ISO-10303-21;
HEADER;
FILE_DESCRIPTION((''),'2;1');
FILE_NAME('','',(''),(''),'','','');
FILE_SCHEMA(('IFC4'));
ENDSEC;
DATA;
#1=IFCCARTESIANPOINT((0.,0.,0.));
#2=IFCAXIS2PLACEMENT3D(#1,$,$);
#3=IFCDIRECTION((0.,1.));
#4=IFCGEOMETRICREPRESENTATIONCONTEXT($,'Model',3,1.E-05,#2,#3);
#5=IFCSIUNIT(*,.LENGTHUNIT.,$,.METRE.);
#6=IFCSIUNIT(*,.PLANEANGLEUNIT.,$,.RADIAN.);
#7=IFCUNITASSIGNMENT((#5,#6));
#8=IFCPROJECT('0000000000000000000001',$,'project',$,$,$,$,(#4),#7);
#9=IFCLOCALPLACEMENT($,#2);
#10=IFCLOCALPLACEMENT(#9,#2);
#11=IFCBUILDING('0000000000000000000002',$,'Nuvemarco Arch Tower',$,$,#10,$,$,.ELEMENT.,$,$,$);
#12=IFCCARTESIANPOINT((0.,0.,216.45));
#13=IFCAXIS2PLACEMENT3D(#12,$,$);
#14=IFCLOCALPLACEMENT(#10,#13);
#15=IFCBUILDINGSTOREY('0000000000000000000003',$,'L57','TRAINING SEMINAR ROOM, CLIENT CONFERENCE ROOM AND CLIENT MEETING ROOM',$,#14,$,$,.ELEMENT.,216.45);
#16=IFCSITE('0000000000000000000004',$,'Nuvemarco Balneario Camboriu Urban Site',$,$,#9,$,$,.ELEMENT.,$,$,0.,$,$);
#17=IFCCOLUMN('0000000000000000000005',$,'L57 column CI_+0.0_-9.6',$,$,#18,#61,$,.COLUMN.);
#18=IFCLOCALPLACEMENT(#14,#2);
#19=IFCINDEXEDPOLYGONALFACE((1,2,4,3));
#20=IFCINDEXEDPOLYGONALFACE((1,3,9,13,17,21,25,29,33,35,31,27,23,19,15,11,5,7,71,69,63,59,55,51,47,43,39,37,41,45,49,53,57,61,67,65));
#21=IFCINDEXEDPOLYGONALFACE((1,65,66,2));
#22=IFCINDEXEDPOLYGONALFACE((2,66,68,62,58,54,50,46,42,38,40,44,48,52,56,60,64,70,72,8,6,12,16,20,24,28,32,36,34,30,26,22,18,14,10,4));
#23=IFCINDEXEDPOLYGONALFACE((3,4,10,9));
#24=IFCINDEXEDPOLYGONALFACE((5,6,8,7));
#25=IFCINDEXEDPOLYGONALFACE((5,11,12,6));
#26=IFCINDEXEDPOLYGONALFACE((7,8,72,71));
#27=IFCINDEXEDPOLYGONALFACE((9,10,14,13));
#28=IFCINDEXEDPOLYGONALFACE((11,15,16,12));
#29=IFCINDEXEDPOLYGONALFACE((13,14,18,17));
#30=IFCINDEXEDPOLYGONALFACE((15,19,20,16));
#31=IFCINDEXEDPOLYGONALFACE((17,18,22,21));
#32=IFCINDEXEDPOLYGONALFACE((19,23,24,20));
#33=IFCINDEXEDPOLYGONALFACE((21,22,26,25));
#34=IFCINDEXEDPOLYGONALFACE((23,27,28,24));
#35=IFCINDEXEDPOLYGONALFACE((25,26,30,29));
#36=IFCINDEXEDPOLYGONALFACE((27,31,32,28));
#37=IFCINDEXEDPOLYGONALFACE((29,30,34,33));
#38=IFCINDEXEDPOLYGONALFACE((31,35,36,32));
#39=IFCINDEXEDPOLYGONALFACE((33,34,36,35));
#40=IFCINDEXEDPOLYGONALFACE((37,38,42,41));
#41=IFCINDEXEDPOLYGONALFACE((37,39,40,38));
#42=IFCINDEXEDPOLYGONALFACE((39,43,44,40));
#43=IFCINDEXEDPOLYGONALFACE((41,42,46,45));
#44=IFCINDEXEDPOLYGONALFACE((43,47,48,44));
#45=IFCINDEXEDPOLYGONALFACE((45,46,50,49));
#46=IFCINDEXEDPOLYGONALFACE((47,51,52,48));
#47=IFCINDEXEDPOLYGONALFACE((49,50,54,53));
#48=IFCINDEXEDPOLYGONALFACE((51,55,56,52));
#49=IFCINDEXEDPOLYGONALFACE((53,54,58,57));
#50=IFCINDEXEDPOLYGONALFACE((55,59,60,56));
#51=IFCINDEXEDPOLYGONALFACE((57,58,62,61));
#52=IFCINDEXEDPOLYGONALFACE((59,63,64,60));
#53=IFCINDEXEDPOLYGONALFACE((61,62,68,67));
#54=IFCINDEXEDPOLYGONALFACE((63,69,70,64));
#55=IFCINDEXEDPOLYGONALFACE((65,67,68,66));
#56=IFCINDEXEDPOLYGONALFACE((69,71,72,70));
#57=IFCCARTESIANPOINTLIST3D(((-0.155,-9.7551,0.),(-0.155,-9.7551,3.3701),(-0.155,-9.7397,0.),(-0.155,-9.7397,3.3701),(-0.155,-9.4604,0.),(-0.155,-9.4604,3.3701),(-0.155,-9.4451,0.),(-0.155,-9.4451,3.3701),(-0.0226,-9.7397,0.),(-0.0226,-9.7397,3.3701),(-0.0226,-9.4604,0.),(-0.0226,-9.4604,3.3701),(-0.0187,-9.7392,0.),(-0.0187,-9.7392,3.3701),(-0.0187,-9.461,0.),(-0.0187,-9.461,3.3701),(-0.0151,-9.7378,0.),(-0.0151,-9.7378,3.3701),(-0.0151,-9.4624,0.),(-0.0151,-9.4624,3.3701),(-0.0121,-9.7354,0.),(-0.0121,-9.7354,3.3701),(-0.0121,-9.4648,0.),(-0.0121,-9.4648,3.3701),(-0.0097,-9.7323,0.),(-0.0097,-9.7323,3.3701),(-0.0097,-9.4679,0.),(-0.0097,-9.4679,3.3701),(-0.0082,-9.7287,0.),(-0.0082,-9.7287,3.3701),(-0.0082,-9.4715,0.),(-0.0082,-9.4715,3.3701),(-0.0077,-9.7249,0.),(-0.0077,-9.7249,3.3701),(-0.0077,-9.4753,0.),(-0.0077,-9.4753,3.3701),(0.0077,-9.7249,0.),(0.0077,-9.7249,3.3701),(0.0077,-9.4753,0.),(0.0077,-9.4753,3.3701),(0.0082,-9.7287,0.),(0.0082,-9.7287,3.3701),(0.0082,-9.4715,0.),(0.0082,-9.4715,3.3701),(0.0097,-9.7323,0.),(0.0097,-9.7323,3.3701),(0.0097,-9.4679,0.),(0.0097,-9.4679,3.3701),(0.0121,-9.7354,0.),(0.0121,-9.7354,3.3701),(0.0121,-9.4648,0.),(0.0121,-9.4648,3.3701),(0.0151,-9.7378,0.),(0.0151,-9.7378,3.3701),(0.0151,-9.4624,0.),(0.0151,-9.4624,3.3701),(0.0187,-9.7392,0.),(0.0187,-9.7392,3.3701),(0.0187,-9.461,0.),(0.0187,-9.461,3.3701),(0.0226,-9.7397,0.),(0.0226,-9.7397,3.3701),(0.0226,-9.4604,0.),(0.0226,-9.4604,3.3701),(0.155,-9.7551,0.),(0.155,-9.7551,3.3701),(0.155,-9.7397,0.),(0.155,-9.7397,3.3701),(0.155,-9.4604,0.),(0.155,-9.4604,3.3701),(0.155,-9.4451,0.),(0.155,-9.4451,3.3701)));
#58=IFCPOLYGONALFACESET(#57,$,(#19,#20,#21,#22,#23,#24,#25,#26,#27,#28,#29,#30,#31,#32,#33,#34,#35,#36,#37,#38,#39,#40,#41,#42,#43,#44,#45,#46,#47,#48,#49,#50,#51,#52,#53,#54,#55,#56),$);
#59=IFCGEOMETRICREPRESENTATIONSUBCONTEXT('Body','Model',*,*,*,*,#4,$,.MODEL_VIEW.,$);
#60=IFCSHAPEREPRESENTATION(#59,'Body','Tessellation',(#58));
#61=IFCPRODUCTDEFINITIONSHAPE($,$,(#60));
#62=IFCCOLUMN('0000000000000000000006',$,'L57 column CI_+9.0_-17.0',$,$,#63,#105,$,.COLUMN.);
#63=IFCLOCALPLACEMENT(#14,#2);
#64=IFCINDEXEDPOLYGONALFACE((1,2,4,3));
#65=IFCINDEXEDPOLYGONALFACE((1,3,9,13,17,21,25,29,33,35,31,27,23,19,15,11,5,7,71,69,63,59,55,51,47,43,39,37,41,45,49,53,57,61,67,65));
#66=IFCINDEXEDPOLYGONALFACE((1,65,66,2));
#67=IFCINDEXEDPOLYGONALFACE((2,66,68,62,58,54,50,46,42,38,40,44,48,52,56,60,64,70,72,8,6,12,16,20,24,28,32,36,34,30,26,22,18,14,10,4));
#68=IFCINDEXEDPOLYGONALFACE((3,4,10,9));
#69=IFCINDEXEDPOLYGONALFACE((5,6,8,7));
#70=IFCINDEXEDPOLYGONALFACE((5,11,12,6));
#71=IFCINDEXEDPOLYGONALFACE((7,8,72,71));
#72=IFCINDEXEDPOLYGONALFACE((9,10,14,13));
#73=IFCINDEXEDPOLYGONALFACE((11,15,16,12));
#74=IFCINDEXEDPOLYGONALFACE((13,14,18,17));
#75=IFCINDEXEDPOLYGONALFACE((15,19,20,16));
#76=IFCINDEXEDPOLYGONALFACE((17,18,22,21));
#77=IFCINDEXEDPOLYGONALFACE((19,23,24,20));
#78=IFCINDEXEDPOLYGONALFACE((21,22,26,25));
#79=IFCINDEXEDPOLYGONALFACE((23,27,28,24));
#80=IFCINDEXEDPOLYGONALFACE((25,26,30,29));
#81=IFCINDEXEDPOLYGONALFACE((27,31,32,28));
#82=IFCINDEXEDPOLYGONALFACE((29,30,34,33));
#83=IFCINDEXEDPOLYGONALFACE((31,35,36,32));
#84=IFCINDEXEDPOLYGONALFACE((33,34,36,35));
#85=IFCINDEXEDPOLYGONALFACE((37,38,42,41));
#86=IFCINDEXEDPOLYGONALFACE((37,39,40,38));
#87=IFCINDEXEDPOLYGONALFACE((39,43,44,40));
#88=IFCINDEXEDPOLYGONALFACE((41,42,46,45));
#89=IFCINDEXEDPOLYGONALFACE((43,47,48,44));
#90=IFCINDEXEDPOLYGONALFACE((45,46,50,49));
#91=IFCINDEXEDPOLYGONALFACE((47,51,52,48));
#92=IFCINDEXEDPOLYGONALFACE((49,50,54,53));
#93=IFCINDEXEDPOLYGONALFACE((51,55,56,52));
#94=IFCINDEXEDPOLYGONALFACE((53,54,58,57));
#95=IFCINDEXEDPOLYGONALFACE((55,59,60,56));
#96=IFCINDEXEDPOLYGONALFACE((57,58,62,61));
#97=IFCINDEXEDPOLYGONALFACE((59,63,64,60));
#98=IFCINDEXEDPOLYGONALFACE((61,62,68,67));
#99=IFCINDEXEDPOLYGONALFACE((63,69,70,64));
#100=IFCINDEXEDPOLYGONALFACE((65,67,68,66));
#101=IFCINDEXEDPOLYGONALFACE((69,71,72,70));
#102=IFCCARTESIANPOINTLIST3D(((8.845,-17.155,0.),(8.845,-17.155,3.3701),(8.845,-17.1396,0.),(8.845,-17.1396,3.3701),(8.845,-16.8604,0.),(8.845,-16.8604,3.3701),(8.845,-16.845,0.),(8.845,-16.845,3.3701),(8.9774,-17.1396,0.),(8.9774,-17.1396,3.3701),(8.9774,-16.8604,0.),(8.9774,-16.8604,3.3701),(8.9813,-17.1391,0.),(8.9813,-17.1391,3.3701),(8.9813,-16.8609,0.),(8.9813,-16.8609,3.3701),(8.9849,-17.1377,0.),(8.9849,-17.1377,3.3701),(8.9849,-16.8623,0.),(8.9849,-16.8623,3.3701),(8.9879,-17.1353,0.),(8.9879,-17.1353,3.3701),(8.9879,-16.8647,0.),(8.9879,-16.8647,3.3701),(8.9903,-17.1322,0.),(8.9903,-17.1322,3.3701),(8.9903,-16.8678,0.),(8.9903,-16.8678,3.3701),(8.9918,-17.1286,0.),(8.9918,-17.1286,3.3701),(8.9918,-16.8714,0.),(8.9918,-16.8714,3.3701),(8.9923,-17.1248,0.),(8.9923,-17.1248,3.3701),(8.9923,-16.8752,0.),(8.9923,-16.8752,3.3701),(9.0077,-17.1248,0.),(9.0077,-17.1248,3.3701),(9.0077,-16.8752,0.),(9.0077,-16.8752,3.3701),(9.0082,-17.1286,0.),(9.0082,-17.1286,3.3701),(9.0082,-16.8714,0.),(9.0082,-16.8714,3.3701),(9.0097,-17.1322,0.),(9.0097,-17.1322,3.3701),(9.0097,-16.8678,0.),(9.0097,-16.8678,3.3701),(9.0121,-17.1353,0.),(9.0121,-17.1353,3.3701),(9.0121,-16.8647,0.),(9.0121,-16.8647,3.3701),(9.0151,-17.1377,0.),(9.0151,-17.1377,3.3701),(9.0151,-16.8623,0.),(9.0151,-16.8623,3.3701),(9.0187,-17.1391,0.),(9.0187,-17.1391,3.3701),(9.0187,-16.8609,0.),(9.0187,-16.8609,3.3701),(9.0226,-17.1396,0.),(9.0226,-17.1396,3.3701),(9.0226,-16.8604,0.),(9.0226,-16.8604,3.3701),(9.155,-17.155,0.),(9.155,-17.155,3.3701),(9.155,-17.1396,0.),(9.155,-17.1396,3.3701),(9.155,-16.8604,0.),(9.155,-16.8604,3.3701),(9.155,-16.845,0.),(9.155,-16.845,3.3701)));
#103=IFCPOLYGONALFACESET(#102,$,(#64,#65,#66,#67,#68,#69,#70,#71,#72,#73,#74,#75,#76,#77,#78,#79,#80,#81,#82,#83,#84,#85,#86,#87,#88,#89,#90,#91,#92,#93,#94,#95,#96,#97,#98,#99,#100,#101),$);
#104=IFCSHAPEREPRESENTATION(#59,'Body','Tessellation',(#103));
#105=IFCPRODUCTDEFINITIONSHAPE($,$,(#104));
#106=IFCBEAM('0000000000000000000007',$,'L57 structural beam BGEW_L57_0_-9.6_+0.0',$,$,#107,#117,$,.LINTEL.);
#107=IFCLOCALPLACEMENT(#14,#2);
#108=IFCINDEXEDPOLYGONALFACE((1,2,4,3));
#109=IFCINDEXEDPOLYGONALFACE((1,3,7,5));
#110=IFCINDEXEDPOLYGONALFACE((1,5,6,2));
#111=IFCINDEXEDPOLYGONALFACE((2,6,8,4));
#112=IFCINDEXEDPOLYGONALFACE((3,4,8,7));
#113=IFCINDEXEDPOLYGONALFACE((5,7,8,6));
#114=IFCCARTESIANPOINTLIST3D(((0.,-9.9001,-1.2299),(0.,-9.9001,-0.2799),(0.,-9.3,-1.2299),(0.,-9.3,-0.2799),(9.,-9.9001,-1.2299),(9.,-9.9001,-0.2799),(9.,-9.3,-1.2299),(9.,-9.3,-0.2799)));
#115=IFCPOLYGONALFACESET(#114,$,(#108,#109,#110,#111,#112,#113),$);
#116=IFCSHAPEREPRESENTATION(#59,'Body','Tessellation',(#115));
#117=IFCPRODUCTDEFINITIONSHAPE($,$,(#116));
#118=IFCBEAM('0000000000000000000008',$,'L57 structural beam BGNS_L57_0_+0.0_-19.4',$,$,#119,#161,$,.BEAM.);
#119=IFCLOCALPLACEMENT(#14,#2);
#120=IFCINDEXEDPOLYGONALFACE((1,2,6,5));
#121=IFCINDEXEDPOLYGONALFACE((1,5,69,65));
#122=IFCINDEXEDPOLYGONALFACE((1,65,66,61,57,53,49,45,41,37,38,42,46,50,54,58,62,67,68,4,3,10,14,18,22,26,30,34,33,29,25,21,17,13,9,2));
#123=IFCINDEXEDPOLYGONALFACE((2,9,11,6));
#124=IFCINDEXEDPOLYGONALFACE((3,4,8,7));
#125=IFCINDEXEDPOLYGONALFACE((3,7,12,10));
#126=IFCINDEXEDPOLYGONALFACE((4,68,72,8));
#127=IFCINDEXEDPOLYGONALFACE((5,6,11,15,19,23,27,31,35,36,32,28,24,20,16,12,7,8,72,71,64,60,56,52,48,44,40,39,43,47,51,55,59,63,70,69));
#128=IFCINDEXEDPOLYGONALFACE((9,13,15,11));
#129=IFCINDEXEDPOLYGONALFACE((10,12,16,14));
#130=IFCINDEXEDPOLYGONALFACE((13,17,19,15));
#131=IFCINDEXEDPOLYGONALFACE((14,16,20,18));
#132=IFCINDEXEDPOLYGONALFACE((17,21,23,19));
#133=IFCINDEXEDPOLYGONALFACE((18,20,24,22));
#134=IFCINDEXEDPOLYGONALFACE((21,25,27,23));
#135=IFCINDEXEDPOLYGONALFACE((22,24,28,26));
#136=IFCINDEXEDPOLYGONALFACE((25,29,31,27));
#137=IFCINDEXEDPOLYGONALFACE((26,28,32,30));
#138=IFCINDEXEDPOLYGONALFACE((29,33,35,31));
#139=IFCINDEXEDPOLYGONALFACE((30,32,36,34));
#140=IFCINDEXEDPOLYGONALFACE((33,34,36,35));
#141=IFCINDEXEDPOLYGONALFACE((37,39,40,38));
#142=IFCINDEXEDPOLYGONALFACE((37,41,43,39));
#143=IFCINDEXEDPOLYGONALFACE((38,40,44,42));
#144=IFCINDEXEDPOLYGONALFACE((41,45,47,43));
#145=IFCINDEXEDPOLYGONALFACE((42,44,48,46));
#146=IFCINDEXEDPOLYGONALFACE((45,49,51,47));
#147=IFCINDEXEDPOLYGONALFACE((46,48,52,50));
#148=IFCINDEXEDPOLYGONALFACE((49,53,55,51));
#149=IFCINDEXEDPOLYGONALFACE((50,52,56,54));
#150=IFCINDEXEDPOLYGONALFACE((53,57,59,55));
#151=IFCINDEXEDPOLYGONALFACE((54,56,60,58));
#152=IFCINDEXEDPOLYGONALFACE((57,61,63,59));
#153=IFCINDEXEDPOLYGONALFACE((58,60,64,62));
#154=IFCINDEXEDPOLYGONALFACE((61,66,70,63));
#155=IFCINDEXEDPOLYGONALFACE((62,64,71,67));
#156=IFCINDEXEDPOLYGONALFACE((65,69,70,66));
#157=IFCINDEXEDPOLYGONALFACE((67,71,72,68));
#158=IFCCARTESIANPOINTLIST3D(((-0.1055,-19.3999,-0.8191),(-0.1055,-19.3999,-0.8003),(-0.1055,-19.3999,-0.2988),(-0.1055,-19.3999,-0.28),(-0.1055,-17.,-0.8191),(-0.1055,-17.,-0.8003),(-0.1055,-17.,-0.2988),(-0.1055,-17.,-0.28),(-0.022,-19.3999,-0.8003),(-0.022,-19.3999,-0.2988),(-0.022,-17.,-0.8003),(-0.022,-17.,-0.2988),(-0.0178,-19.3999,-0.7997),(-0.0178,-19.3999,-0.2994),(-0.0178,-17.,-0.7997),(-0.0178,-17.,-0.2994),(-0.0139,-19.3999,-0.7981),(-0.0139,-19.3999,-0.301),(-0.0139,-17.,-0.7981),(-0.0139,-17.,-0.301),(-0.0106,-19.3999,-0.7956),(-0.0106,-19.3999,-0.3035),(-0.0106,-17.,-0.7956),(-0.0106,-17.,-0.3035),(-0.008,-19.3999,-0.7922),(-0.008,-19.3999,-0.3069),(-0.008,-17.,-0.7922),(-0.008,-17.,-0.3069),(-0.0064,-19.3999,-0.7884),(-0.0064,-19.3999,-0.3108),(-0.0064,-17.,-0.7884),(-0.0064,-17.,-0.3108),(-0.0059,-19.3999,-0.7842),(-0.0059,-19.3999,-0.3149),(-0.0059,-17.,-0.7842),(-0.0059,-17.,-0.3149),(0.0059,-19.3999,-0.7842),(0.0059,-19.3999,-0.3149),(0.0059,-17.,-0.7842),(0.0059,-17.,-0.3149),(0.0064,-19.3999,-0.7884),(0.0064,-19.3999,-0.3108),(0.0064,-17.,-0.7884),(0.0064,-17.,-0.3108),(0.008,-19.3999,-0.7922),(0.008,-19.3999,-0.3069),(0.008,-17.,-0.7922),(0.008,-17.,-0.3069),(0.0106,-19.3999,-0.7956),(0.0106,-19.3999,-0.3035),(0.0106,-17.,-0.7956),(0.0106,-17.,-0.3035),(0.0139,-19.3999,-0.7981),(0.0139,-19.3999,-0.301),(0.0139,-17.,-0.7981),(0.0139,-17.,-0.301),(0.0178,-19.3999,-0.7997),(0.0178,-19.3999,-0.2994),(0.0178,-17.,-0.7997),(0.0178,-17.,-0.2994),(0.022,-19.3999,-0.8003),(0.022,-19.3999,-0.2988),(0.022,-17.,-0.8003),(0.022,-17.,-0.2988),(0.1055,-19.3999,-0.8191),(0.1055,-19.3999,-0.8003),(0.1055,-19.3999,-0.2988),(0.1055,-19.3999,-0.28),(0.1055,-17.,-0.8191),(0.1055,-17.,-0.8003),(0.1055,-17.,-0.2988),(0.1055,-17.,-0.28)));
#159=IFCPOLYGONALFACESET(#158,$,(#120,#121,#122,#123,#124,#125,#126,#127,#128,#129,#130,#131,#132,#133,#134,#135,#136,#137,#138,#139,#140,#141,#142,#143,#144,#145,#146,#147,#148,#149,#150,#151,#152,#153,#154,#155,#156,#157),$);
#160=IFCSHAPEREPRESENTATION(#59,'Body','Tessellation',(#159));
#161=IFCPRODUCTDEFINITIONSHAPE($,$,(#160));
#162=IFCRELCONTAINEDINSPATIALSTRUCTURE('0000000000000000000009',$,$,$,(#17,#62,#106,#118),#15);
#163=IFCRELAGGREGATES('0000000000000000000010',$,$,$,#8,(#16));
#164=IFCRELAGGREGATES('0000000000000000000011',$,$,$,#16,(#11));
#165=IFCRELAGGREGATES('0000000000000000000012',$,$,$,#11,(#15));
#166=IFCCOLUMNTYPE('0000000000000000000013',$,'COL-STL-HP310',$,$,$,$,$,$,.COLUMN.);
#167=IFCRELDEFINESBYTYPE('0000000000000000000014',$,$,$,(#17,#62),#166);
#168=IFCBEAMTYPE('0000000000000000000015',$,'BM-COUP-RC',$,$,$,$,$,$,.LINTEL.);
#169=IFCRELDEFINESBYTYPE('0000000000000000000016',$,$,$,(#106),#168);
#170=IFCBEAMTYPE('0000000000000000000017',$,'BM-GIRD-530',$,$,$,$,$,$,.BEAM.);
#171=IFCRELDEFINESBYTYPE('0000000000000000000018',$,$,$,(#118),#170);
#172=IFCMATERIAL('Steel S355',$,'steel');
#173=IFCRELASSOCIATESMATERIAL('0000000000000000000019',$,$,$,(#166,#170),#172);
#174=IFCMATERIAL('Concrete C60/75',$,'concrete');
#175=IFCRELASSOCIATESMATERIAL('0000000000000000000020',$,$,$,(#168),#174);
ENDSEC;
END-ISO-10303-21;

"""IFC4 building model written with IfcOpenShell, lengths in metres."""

from ifc_helpers import new_model, si_unit, direction, frame, origin, origin_2d, place, context, subcontext, project, spatial, rectangle, i_section, extrude, material, material_profile, profile_set, type_object, element, save


model = new_model("IFC4")

# Units and contexts
model_context = context("Model", 3, precision=1e-05, world=origin(), true_north=direction((0.0, 1.0)))
body_context = subcontext(model_context, "Body", "Model", "MODEL_VIEW")
ifc_project = project(units=[si_unit("LENGTHUNIT", "METRE"), si_unit("PLANEANGLEUNIT", "RADIAN")], contexts=[model_context])

# Site, building, storey
site_placement = place(None, origin())
site = spatial("IfcSite", under=ifc_project, at=site_placement, Name="Nuvemarco Balneario Camboriu Urban Site", CompositionType="ELEMENT", RefElevation=0.0)
building_placement = place(site_placement, origin())
building = spatial("IfcBuilding", under=site, at=building_placement, Name="Nuvemarco Arch Tower", CompositionType="ELEMENT")
storey_placement = place(building_placement, frame((0.0, 0.0, 216.45)))
storey = spatial("IfcBuildingStorey", under=building, at=storey_placement, Name="L57", Description="TRAINING SEMINAR ROOM, CLIENT CONFERENCE ROOM AND CLIENT MEETING ROOM", CompositionType="ELEMENT", Elevation=216.45)

# Columns
ifc_material_1 = material(Name="Steel S355", Category="steel")
ifc_material_profile_1 = material_profile(ifc_material_1, i_section(OverallWidth=0.3101, OverallDepth=0.3101, WebThickness=0.0154, FlangeThickness=0.0154, FilletRadius=0.0149, at=origin_2d()), Name="HP310x110")
ifc_profile_set_1 = profile_set([ifc_material_profile_1], Name="Steel S355")
column_type_1 = type_object("IfcColumnType", Name="COL-STL-HP310", PredefinedType="COLUMN", material=ifc_profile_set_1)
for number, where, z_axis, x_axis, name in (
    (1, (0.0, -9.6001, 0.0), (0.0, 0.0, 1.0), (1.0, 0.0, 0.0), "L57 column CI_+0.0_-9.6"),
    (2, (9.0, -17.0, 0.0), (0.0, 0.0, 1.0), (1.0, 0.0, 0.0), "L57 column CI_+9.0_-17.0"),
):
    element("IfcColumn", number, at=place(storey_placement, frame(where, z_axis=z_axis, x_axis=x_axis)), inside=storey, type_object=column_type_1, Name=name, PredefinedType="COLUMN", context=body_context, shape_type="SweptSolid", body=[
        extrude(i_section(OverallWidth=0.3101, OverallDepth=0.3101, WebThickness=0.0154, FlangeThickness=0.0154, FilletRadius=0.0149, at=origin_2d()), origin(), (0.0, 0.0, 1.0), 3.3701),
    ])

# Beams
ifc_material_2 = material(Name="Concrete C60/75", Category="concrete")
ifc_material_profile_2 = material_profile(ifc_material_2, rectangle(XDim=0.6001, YDim=0.95, at=origin_2d()), Name="RC-BM-600x950")
ifc_profile_set_2 = profile_set([ifc_material_profile_2], Name="Concrete C60/75")
beam_type_1 = type_object("IfcBeamType", Name="BM-COUP-RC", PredefinedType="LINTEL", material=ifc_profile_set_2)
beam_1_placement = place(storey_placement, frame((0.0, -9.6001, -0.7549), z_axis=(1.0, 0.0, 0.0), x_axis=(0.0, 1.0, 0.0)))
element("IfcBeam", 3, at=beam_1_placement, inside=storey, type_object=beam_type_1, Name="L57 structural beam BGEW_L57_0_-9.6_+0.0", PredefinedType="LINTEL", context=body_context, shape_type="SweptSolid", body=[
    extrude(rectangle(XDim=0.6001, YDim=0.95, at=origin_2d()), origin(), (0.0, 0.0, 1.0), 9.0),
])
ifc_material_profile_3 = material_profile(ifc_material_1, i_section(OverallWidth=0.2109, OverallDepth=0.5391, WebThickness=0.0117, FlangeThickness=0.0188, FilletRadius=0.0161, at=origin_2d()), Name="W530x109")
ifc_profile_set_3 = profile_set([ifc_material_profile_3], Name="Steel S355")
beam_type_2 = type_object("IfcBeamType", Name="BM-GIRD-530", PredefinedType="BEAM", material=ifc_profile_set_3)
beam_2_placement = place(storey_placement, frame((0.0, -19.3999, -0.5496), z_axis=(0.0, 1.0, 0.0), x_axis=(-1.0, 0.0, 0.0)))
element("IfcBeam", 4, at=beam_2_placement, inside=storey, type_object=beam_type_2, Name="L57 structural beam BGNS_L57_0_+0.0_-19.4", PredefinedType="BEAM", context=body_context, shape_type="SweptSolid", body=[
    extrude(i_section(OverallWidth=0.2109, OverallDepth=0.5391, WebThickness=0.0117, FlangeThickness=0.0188, FilletRadius=0.0161, at=origin_2d()), origin(), (0.0, 0.0, 1.0), 2.3999),
])

save(model, "model.ifc")
